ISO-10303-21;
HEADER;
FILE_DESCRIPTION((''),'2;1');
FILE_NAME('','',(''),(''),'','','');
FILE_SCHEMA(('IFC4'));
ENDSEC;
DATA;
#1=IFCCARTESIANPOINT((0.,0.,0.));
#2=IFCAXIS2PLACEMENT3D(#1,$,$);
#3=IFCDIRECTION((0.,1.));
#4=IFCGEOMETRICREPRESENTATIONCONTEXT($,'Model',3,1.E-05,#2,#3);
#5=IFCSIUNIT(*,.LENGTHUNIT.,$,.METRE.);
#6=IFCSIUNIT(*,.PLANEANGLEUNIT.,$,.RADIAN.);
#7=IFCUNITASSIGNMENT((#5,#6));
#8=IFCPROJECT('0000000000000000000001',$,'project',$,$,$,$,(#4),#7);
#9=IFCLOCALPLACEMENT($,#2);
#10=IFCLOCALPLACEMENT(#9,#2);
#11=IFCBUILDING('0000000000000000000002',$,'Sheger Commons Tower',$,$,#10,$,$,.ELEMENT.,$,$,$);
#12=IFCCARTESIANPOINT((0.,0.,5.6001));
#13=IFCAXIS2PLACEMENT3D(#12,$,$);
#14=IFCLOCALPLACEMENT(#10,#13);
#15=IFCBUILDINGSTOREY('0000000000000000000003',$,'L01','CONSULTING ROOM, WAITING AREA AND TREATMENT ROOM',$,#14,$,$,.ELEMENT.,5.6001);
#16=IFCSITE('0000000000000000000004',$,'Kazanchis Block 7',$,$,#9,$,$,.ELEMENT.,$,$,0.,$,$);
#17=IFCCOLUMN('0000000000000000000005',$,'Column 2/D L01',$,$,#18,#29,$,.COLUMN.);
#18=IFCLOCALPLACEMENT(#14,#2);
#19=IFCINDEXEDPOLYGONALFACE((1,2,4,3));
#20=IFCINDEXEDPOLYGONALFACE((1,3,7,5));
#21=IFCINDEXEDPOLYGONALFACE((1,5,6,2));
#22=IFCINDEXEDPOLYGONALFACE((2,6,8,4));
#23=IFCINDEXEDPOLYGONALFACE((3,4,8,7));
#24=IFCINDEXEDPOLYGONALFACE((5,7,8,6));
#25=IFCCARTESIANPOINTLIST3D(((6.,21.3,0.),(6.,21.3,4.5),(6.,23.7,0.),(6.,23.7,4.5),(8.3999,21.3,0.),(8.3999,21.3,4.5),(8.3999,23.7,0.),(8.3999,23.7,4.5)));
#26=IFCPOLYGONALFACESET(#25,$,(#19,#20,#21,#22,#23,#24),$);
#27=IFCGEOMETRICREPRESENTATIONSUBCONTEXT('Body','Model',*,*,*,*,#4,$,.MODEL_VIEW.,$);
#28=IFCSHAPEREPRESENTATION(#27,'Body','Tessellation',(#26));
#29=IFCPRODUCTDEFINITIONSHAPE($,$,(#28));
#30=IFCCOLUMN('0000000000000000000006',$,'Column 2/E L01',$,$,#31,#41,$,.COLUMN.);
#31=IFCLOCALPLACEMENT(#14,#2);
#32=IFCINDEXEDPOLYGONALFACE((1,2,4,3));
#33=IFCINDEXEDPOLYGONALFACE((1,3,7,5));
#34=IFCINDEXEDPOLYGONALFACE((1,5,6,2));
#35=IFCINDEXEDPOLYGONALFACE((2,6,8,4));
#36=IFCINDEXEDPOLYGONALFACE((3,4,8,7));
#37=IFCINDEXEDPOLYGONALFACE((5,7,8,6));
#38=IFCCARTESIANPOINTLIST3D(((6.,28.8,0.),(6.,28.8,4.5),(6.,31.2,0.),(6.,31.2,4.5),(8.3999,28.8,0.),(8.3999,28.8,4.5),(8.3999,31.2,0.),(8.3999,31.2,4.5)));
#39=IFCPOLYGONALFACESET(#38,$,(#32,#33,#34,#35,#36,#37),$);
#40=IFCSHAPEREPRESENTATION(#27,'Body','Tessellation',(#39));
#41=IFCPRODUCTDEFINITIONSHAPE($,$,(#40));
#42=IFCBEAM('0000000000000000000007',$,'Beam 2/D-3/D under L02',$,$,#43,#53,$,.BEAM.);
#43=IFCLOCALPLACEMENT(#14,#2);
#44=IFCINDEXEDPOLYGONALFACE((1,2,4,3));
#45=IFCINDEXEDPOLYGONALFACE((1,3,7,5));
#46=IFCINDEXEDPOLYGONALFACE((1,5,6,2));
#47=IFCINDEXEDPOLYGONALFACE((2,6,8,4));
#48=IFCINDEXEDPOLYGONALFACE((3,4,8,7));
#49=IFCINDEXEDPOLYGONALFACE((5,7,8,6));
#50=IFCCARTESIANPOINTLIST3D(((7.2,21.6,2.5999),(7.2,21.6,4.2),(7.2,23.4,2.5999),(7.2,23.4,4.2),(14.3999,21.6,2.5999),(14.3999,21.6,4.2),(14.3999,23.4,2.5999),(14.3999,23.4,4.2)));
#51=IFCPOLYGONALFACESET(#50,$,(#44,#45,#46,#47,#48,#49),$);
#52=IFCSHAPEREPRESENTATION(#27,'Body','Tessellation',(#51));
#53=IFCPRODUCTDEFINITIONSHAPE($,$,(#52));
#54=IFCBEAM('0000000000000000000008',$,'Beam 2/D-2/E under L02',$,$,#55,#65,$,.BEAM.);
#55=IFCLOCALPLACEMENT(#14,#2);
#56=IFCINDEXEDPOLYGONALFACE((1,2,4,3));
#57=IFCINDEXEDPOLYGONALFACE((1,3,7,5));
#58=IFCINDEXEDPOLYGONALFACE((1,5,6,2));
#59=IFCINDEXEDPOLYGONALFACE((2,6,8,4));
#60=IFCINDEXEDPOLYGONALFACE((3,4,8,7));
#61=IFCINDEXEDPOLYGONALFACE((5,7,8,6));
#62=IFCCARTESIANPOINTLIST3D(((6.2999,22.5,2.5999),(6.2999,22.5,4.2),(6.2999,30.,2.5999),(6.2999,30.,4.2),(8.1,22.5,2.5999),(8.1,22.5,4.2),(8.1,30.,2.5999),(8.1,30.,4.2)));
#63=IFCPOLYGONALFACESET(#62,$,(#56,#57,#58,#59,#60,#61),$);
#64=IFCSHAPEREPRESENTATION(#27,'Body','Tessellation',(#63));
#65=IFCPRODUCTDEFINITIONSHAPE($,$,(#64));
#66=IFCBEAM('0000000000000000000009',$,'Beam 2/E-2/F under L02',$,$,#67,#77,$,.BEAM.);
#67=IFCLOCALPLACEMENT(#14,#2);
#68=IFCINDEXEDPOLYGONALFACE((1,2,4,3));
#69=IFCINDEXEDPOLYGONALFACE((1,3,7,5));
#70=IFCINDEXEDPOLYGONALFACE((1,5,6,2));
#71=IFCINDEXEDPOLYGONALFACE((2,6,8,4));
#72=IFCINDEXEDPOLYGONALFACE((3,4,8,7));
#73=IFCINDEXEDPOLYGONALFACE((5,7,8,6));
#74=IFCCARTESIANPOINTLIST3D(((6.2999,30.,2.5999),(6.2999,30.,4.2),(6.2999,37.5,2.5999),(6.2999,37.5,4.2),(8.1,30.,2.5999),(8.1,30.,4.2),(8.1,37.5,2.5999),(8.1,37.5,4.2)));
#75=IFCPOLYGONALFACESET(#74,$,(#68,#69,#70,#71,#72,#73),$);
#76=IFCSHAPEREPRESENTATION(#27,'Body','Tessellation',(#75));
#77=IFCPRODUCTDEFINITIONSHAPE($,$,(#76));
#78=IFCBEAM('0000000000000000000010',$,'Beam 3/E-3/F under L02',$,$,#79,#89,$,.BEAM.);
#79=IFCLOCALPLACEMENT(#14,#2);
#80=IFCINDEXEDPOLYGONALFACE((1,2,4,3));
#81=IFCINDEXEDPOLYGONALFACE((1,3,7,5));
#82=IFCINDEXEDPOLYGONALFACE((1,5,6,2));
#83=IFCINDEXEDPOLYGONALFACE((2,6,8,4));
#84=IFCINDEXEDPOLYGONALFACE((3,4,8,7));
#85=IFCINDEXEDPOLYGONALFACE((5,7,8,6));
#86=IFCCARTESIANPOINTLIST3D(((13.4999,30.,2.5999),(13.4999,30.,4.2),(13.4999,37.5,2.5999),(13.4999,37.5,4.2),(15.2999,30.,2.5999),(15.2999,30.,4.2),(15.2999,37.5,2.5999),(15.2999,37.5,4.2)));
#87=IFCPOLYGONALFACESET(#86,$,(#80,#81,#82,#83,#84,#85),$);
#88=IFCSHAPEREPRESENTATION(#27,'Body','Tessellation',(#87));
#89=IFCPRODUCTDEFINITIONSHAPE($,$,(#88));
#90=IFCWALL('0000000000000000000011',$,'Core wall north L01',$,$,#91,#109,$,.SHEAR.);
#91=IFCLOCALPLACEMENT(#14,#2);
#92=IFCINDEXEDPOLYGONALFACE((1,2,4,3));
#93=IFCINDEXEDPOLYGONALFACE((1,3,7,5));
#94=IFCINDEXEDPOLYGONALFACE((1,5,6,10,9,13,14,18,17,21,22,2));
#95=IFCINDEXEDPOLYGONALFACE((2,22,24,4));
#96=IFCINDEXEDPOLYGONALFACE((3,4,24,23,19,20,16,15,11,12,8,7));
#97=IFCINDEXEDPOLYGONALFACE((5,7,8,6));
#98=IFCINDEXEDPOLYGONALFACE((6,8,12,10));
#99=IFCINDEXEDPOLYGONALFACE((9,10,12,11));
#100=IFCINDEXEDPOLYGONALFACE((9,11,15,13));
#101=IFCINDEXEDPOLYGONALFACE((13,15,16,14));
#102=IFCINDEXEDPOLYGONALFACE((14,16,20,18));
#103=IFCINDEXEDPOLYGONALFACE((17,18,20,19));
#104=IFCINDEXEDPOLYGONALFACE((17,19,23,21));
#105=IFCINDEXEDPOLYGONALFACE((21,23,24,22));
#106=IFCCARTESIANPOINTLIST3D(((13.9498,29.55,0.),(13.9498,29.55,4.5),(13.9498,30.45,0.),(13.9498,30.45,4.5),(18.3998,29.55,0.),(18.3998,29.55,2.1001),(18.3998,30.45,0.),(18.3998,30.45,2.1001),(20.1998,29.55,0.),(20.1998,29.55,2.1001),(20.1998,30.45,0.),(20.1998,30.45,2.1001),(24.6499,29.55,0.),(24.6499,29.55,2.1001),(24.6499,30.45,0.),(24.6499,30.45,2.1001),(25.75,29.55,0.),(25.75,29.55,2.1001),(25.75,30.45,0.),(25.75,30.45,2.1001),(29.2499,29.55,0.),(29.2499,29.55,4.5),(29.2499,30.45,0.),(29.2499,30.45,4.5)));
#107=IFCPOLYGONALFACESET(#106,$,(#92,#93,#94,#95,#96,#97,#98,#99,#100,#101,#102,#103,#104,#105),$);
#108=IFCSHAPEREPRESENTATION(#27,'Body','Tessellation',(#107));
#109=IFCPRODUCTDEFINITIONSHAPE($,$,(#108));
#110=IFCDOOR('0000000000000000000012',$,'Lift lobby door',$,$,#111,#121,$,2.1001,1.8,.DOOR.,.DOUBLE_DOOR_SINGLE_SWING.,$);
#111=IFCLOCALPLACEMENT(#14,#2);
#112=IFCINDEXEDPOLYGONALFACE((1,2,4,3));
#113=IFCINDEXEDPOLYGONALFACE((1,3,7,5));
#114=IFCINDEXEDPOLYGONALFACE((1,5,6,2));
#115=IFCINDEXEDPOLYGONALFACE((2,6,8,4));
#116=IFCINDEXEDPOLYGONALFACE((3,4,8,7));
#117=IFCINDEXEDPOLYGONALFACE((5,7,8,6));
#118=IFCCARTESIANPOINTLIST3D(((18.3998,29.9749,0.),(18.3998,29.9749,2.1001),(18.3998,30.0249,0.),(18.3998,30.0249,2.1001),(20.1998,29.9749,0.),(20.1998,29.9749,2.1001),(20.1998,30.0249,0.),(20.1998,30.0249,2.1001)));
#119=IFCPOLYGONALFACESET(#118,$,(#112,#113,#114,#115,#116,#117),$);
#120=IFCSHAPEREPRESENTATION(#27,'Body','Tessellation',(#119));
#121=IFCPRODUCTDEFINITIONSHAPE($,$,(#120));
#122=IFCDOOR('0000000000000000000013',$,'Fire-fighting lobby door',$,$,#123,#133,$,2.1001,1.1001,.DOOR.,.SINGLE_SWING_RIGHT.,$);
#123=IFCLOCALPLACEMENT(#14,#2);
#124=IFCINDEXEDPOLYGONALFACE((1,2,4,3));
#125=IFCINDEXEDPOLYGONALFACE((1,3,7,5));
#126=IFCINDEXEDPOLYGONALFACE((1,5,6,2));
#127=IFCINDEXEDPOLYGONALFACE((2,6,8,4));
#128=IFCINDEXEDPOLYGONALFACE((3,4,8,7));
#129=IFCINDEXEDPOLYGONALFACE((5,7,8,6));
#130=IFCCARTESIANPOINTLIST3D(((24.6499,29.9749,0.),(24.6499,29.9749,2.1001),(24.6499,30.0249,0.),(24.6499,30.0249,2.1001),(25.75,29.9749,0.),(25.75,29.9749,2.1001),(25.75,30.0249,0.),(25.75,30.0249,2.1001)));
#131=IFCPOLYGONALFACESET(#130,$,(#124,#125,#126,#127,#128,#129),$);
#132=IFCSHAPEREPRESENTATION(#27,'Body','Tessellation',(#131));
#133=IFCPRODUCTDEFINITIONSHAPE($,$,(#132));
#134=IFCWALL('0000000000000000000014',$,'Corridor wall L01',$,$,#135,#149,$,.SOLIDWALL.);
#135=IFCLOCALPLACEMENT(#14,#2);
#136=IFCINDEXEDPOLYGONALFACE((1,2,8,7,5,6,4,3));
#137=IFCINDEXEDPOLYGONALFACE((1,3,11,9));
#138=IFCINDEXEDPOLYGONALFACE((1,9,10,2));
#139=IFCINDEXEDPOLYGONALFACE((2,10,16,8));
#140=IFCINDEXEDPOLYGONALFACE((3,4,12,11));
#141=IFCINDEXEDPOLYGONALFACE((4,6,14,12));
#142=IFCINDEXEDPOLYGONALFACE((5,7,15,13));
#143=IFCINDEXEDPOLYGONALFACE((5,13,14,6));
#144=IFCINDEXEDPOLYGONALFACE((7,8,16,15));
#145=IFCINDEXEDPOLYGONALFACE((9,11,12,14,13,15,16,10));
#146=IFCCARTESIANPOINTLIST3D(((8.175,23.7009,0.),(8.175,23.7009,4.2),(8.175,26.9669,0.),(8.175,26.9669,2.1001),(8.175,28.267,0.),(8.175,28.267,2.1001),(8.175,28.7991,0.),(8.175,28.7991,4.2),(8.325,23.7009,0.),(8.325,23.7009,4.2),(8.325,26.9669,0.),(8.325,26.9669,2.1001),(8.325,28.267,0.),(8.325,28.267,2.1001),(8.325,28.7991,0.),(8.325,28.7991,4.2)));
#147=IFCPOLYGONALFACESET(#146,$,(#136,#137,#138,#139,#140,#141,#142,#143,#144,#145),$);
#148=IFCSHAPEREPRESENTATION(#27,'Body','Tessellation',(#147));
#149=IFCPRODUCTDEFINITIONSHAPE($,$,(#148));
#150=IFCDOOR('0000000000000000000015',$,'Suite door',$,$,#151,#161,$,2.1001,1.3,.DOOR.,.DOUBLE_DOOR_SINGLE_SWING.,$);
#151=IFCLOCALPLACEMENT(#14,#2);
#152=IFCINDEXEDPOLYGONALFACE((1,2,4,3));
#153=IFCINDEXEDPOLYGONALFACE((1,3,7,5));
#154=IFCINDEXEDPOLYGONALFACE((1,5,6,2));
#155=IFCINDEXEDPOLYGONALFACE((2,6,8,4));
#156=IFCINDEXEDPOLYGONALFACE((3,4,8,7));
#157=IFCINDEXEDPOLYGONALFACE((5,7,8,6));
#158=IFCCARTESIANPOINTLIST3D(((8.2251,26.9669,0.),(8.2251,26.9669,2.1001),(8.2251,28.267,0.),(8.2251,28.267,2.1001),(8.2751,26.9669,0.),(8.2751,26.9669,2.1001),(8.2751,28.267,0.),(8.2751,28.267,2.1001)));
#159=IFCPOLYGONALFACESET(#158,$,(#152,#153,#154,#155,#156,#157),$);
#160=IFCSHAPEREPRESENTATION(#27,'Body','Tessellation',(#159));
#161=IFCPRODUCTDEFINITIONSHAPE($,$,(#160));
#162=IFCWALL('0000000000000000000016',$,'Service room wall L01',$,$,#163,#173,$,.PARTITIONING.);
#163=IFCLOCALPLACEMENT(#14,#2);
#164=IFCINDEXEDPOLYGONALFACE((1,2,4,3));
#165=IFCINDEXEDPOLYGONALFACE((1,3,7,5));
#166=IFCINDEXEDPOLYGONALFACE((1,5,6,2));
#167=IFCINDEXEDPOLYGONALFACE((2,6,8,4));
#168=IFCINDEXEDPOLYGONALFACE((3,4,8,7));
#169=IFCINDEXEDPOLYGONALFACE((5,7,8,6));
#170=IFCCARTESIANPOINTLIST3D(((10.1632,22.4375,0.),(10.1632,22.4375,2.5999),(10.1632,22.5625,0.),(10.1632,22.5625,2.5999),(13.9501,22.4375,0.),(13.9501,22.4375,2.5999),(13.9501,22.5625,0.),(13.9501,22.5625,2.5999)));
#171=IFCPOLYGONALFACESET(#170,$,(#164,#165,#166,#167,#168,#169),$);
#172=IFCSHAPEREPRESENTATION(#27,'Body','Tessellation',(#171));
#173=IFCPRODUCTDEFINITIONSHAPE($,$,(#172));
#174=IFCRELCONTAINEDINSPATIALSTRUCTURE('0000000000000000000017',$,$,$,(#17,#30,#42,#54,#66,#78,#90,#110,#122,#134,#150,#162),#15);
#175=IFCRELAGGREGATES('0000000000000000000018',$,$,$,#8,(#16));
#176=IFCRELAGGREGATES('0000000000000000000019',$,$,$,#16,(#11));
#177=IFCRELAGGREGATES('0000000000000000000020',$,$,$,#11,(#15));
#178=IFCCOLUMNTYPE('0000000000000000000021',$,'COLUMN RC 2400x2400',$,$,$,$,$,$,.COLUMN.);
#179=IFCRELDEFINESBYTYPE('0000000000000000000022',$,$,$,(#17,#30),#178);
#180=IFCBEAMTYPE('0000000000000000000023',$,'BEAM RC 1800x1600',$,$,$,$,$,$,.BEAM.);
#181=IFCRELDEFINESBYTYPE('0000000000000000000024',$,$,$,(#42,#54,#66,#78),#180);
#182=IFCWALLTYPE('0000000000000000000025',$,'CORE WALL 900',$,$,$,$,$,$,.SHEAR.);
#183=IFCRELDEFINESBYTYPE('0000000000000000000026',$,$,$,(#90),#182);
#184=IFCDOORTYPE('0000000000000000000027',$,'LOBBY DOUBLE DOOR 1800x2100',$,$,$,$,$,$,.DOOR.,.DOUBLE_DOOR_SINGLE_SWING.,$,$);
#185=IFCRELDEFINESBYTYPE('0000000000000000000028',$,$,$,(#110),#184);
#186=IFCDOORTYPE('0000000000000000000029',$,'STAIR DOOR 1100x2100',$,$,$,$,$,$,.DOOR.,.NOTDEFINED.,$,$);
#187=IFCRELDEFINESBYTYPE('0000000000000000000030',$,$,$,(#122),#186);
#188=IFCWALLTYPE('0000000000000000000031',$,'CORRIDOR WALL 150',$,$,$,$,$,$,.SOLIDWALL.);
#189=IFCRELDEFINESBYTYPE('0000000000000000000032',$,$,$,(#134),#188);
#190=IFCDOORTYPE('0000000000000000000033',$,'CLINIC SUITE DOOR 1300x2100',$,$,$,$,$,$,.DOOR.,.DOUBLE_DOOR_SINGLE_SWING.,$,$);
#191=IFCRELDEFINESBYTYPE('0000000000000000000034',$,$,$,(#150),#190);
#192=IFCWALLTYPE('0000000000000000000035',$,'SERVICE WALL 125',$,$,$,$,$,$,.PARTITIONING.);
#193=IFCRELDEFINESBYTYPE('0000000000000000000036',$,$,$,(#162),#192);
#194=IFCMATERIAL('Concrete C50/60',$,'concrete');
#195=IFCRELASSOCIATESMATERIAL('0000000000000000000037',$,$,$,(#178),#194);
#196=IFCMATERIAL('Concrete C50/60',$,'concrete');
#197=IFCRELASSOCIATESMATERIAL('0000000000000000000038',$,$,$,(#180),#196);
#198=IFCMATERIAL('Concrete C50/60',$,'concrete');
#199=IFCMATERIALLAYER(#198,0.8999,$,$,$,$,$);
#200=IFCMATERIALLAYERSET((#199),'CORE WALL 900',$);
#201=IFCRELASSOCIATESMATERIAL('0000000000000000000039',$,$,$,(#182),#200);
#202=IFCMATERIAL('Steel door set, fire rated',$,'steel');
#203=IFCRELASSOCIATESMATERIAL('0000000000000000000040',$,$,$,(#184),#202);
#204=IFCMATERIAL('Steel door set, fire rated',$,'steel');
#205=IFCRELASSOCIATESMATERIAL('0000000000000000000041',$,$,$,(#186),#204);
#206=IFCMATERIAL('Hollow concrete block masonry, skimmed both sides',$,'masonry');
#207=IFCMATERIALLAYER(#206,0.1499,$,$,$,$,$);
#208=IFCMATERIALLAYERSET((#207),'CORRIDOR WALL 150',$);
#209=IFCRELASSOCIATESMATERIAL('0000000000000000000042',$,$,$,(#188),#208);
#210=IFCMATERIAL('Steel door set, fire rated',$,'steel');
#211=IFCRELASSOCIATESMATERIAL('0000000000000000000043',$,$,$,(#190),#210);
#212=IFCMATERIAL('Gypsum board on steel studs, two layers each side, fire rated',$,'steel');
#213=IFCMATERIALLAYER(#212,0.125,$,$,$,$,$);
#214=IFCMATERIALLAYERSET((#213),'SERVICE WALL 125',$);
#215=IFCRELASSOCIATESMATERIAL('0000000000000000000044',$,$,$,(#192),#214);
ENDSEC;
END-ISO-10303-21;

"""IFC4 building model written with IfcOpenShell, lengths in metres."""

from ifc_helpers import new_model, si_unit, direction, frame, frame_2d, origin, origin_2d, place, context, subcontext, project, spatial, rectangle, extrude, material, layer, layer_set, material_profile, profile_set, type_object, element, fill, save


model = new_model("IFC4")

# Units and contexts
model_context = context("Model", 3, precision=1e-05, world=origin(), true_north=direction((0.0, 1.0)))
body_context = subcontext(model_context, "Body", "Model", "MODEL_VIEW")
ifc_project = project(units=[si_unit("LENGTHUNIT", "METRE"), si_unit("PLANEANGLEUNIT", "RADIAN")], contexts=[model_context])

# Site, building, storey
site_placement = place(None, origin())
site = spatial("IfcSite", under=ifc_project, at=site_placement, Name="Kazanchis Block 7", CompositionType="ELEMENT", RefElevation=0.0)
building_placement = place(site_placement, origin())
building = spatial("IfcBuilding", under=site, at=building_placement, Name="Sheger Commons Tower", CompositionType="ELEMENT")
storey_placement = place(building_placement, frame((0.0, 0.0, 5.6001)))
storey = spatial("IfcBuildingStorey", under=building, at=storey_placement, Name="L01", Description="CONSULTING ROOM, WAITING AREA AND TREATMENT ROOM", CompositionType="ELEMENT", Elevation=5.6001)

# Columns
ifc_material_1 = material(Name="Concrete C50/60", Category="concrete")
ifc_material_profile_1 = material_profile(ifc_material_1, rectangle(XDim=2.3999, YDim=2.3999, at=origin_2d()), Name="RC 2400x2400")
ifc_profile_set_1 = profile_set([ifc_material_profile_1], Name="Concrete C50/60")
column_type = type_object("IfcColumnType", Name="COLUMN RC 2400x2400", PredefinedType="COLUMN", material=ifc_profile_set_1)
for number, where, z_axis, x_axis, name in (
    (1, (7.2, 22.5, 0.0), (0.0, 0.0, 1.0), (1.0, 0.0, 0.0), "Column 2/D L01"),
    (2, (7.2, 30.0, 0.0), (0.0, 0.0, 1.0), (1.0, 0.0, 0.0), "Column 2/E L01"),
):
    element("IfcColumn", number, at=place(storey_placement, frame(where, z_axis=z_axis, x_axis=x_axis)), inside=storey, type_object=column_type, Name=name, PredefinedType="COLUMN", context=body_context, shape_type="SweptSolid", body=[
        extrude(rectangle(XDim=2.3999, YDim=2.3999, at=origin_2d()), origin(), (0.0, 0.0, 1.0), 4.5),
    ])

# Beams
ifc_material_2 = material(Name="Concrete C50/60", Category="concrete")
ifc_material_profile_2 = material_profile(ifc_material_2, rectangle(XDim=1.8, YDim=1.6001, at=origin_2d()), Name="RC 1800x1600")
ifc_profile_set_2 = profile_set([ifc_material_profile_2], Name="Concrete C50/60")
beam_type = type_object("IfcBeamType", Name="BEAM RC 1800x1600", PredefinedType="BEAM", material=ifc_profile_set_2)
beam_placement = place(storey_placement, frame((7.2, 22.5, 3.3999), z_axis=(1.0, 0.0, 0.0), x_axis=(0.0, 1.0, 0.0)))
element("IfcBeam", 3, at=beam_placement, inside=storey, type_object=beam_type, Name="Beam 2/D-3/D under L02", PredefinedType="BEAM", context=body_context, shape_type="SweptSolid", body=[
    extrude(rectangle(XDim=1.8, YDim=1.6001, at=origin_2d()), origin(), (0.0, 0.0, 1.0), 7.2),
])
for number, where, z_axis, x_axis, name in (
    (4, (7.2, 22.5, 3.3999), (0.0, 1.0, 0.0), (-1.0, 0.0, 0.0), "Beam 2/D-2/E under L02"),
    (5, (7.2, 30.0, 3.3999), (0.0, 1.0, 0.0), (-1.0, 0.0, 0.0), "Beam 2/E-2/F under L02"),
    (6, (14.3999, 30.0, 3.3999), (0.0, 1.0, 0.0), (-1.0, 0.0, 0.0), "Beam 3/E-3/F under L02"),
):
    element("IfcBeam", number, at=place(storey_placement, frame(where, z_axis=z_axis, x_axis=x_axis)), inside=storey, type_object=beam_type, Name=name, PredefinedType="BEAM", context=body_context, shape_type="SweptSolid", body=[
        extrude(rectangle(XDim=1.8, YDim=1.6001, at=origin_2d()), origin(), (0.0, 0.0, 1.0), 7.5),
    ])

# Wall, openings, doors
ifc_material_3 = material(Name="Concrete C50/60", Category="concrete")
ifc_layer_1 = layer(ifc_material_3, 0.8999)
ifc_layer_set_1 = layer_set([ifc_layer_1], Name="CORE WALL 900")
wall_type_1 = type_object("IfcWallType", Name="CORE WALL 900", PredefinedType="SHEAR", material=ifc_layer_set_1)
wall_1_placement = place(storey_placement, frame((13.95, 30.0, 0.0), z_axis=(0.0, 0.0, 1.0), x_axis=(1.0, 0.0, 0.0)))
wall_1 = element("IfcWall", 7, at=wall_1_placement, inside=storey, type_object=wall_type_1, Name="Core wall north L01", PredefinedType="SHEAR", context=body_context, shape_type="SweptSolid", body=[
    extrude(rectangle(XDim=15.3, YDim=0.8999, at=frame_2d((7.6499, 0.0))), origin(), (0.0, 0.0, 1.0), 4.5),
])
opening_1_placement = place(wall_1_placement, frame((4.45, 0.0, 0.0)))
opening_1 = element("IfcOpeningElement", 8, at=opening_1_placement, cuts=wall_1, PredefinedType="OPENING", context=body_context, shape_type="SweptSolid", body=[
    extrude(rectangle(XDim=1.8, YDim=2.1001, at=frame_2d((0.8999, 1.05))), frame((0.0, 0.46, 0.0), z_axis=(0.0, -1.0, 0.0), x_axis=(1.0, 0.0, 0.0)), (0.0, 0.0, 1.0), 0.9199),
])
opening_2_placement = place(wall_1_placement, frame((10.7, 0.0, 0.0)))
opening_2 = element("IfcOpeningElement", 9, at=opening_2_placement, cuts=wall_1, PredefinedType="OPENING", context=body_context, shape_type="SweptSolid", body=[
    extrude(rectangle(XDim=1.1001, YDim=2.1001, at=frame_2d((0.55, 1.05))), frame((0.0, 0.46, 0.0), z_axis=(0.0, -1.0, 0.0), x_axis=(1.0, 0.0, 0.0)), (0.0, 0.0, 1.0), 0.9199),
])
ifc_material_4 = material(Name="Steel door set, fire rated", Category="steel")
door_type_1 = type_object("IfcDoorType", Name="LOBBY DOUBLE DOOR 1800x2100", OperationType="DOUBLE_DOOR_SINGLE_SWING", PredefinedType="DOOR", material=ifc_material_4)
door_1_placement = place(opening_1_placement, origin())
door_1 = element("IfcDoor", 10, at=door_1_placement, inside=storey, type_object=door_type_1, Name="Lift lobby door", OperationType="DOUBLE_DOOR_SINGLE_SWING", OverallHeight=2.1001, OverallWidth=1.8, PredefinedType="DOOR", context=body_context, shape_type="SweptSolid", body=[
    extrude(rectangle(XDim=1.8, YDim=2.1001, at=frame_2d((0.8999, 1.05))), frame((0.0, 0.0249, 0.0), z_axis=(0.0, -1.0, 0.0), x_axis=(1.0, 0.0, 0.0)), (0.0, 0.0, 1.0), 0.05),
])
fill(opening_1, door_1)
ifc_material_5 = material(Name="Steel door set, fire rated", Category="steel")
door_type_2 = type_object("IfcDoorType", Name="STAIR DOOR 1100x2100", OperationType="NOTDEFINED", PredefinedType="DOOR", material=ifc_material_5)
door_2_placement = place(opening_2_placement, origin())
door_2 = element("IfcDoor", 11, at=door_2_placement, inside=storey, type_object=door_type_2, Name="Fire-fighting lobby door", OperationType="SINGLE_SWING_RIGHT", OverallHeight=2.1001, OverallWidth=1.1001, PredefinedType="DOOR", context=body_context, shape_type="SweptSolid", body=[
    extrude(rectangle(XDim=1.1001, YDim=2.1001, at=frame_2d((0.55, 1.05))), frame((0.0, 0.0249, 0.0), z_axis=(0.0, -1.0, 0.0), x_axis=(1.0, 0.0, 0.0)), (0.0, 0.0, 1.0), 0.05),
])
fill(opening_2, door_2)

# Wall, opening, door
ifc_material_6 = material(Name="Hollow concrete block masonry, skimmed both sides", Category="masonry")
ifc_layer_2 = layer(ifc_material_6, 0.1499)
ifc_layer_set_2 = layer_set([ifc_layer_2], Name="CORRIDOR WALL 150")
wall_type_2 = type_object("IfcWallType", Name="CORRIDOR WALL 150", PredefinedType="SOLIDWALL", material=ifc_layer_set_2)
wall_2_placement = place(storey_placement, frame((8.25, 23.7009, 0.0), z_axis=(0.0, 0.0, 1.0), x_axis=(0.0, 1.0, 0.0)))
wall_2 = element("IfcWall", 12, at=wall_2_placement, inside=storey, type_object=wall_type_2, Name="Corridor wall L01", PredefinedType="SOLIDWALL", context=body_context, shape_type="SweptSolid", body=[
    extrude(rectangle(XDim=5.0981, YDim=0.1499, at=frame_2d((2.5491, 0.0))), origin(), (0.0, 0.0, 1.0), 4.2),
])
opening_3_placement = place(wall_2_placement, frame((3.2661, 0.0, 0.0)))
opening_3 = element("IfcOpeningElement", 13, at=opening_3_placement, cuts=wall_2, PredefinedType="OPENING", context=body_context, shape_type="SweptSolid", body=[
    extrude(rectangle(XDim=1.3, YDim=2.1001, at=frame_2d((0.6499, 1.05))), frame((0.0, 0.085, 0.0), z_axis=(0.0, -1.0, 0.0), x_axis=(1.0, 0.0, 0.0)), (0.0, 0.0, 1.0), 0.1699),
])
ifc_material_7 = material(Name="Steel door set, fire rated", Category="steel")
door_type_3 = type_object("IfcDoorType", Name="CLINIC SUITE DOOR 1300x2100", OperationType="DOUBLE_DOOR_SINGLE_SWING", PredefinedType="DOOR", material=ifc_material_7)
door_3_placement = place(opening_3_placement, origin())
door_3 = element("IfcDoor", 14, at=door_3_placement, inside=storey, type_object=door_type_3, Name="Suite door", OperationType="DOUBLE_DOOR_SINGLE_SWING", OverallHeight=2.1001, OverallWidth=1.3, PredefinedType="DOOR", context=body_context, shape_type="SweptSolid", body=[
    extrude(rectangle(XDim=1.3, YDim=2.1001, at=frame_2d((0.6499, 1.05))), frame((0.0, 0.0249, 0.0), z_axis=(0.0, -1.0, 0.0), x_axis=(1.0, 0.0, 0.0)), (0.0, 0.0, 1.0), 0.05),
])
fill(opening_3, door_3)

# Wall
ifc_material_8 = material(Name="Gypsum board on steel studs, two layers each side, fire rated", Category="steel")
ifc_layer_3 = layer(ifc_material_8, 0.125)
ifc_layer_set_3 = layer_set([ifc_layer_3], Name="SERVICE WALL 125")
wall_type_3 = type_object("IfcWallType", Name="SERVICE WALL 125", PredefinedType="PARTITIONING", material=ifc_layer_set_3)
wall_3_placement = place(storey_placement, frame((10.1631, 22.5, 0.0), z_axis=(0.0, 0.0, 1.0), x_axis=(1.0, 0.0, 0.0)))
element("IfcWall", 15, at=wall_3_placement, inside=storey, type_object=wall_type_3, Name="Service room wall L01", PredefinedType="PARTITIONING", context=body_context, shape_type="SweptSolid", body=[
    extrude(rectangle(XDim=3.7869, YDim=0.125, at=frame_2d((1.8936, 0.0))), origin(), (0.0, 0.0, 1.0), 2.5999),
])

save(model, "model.ifc")
